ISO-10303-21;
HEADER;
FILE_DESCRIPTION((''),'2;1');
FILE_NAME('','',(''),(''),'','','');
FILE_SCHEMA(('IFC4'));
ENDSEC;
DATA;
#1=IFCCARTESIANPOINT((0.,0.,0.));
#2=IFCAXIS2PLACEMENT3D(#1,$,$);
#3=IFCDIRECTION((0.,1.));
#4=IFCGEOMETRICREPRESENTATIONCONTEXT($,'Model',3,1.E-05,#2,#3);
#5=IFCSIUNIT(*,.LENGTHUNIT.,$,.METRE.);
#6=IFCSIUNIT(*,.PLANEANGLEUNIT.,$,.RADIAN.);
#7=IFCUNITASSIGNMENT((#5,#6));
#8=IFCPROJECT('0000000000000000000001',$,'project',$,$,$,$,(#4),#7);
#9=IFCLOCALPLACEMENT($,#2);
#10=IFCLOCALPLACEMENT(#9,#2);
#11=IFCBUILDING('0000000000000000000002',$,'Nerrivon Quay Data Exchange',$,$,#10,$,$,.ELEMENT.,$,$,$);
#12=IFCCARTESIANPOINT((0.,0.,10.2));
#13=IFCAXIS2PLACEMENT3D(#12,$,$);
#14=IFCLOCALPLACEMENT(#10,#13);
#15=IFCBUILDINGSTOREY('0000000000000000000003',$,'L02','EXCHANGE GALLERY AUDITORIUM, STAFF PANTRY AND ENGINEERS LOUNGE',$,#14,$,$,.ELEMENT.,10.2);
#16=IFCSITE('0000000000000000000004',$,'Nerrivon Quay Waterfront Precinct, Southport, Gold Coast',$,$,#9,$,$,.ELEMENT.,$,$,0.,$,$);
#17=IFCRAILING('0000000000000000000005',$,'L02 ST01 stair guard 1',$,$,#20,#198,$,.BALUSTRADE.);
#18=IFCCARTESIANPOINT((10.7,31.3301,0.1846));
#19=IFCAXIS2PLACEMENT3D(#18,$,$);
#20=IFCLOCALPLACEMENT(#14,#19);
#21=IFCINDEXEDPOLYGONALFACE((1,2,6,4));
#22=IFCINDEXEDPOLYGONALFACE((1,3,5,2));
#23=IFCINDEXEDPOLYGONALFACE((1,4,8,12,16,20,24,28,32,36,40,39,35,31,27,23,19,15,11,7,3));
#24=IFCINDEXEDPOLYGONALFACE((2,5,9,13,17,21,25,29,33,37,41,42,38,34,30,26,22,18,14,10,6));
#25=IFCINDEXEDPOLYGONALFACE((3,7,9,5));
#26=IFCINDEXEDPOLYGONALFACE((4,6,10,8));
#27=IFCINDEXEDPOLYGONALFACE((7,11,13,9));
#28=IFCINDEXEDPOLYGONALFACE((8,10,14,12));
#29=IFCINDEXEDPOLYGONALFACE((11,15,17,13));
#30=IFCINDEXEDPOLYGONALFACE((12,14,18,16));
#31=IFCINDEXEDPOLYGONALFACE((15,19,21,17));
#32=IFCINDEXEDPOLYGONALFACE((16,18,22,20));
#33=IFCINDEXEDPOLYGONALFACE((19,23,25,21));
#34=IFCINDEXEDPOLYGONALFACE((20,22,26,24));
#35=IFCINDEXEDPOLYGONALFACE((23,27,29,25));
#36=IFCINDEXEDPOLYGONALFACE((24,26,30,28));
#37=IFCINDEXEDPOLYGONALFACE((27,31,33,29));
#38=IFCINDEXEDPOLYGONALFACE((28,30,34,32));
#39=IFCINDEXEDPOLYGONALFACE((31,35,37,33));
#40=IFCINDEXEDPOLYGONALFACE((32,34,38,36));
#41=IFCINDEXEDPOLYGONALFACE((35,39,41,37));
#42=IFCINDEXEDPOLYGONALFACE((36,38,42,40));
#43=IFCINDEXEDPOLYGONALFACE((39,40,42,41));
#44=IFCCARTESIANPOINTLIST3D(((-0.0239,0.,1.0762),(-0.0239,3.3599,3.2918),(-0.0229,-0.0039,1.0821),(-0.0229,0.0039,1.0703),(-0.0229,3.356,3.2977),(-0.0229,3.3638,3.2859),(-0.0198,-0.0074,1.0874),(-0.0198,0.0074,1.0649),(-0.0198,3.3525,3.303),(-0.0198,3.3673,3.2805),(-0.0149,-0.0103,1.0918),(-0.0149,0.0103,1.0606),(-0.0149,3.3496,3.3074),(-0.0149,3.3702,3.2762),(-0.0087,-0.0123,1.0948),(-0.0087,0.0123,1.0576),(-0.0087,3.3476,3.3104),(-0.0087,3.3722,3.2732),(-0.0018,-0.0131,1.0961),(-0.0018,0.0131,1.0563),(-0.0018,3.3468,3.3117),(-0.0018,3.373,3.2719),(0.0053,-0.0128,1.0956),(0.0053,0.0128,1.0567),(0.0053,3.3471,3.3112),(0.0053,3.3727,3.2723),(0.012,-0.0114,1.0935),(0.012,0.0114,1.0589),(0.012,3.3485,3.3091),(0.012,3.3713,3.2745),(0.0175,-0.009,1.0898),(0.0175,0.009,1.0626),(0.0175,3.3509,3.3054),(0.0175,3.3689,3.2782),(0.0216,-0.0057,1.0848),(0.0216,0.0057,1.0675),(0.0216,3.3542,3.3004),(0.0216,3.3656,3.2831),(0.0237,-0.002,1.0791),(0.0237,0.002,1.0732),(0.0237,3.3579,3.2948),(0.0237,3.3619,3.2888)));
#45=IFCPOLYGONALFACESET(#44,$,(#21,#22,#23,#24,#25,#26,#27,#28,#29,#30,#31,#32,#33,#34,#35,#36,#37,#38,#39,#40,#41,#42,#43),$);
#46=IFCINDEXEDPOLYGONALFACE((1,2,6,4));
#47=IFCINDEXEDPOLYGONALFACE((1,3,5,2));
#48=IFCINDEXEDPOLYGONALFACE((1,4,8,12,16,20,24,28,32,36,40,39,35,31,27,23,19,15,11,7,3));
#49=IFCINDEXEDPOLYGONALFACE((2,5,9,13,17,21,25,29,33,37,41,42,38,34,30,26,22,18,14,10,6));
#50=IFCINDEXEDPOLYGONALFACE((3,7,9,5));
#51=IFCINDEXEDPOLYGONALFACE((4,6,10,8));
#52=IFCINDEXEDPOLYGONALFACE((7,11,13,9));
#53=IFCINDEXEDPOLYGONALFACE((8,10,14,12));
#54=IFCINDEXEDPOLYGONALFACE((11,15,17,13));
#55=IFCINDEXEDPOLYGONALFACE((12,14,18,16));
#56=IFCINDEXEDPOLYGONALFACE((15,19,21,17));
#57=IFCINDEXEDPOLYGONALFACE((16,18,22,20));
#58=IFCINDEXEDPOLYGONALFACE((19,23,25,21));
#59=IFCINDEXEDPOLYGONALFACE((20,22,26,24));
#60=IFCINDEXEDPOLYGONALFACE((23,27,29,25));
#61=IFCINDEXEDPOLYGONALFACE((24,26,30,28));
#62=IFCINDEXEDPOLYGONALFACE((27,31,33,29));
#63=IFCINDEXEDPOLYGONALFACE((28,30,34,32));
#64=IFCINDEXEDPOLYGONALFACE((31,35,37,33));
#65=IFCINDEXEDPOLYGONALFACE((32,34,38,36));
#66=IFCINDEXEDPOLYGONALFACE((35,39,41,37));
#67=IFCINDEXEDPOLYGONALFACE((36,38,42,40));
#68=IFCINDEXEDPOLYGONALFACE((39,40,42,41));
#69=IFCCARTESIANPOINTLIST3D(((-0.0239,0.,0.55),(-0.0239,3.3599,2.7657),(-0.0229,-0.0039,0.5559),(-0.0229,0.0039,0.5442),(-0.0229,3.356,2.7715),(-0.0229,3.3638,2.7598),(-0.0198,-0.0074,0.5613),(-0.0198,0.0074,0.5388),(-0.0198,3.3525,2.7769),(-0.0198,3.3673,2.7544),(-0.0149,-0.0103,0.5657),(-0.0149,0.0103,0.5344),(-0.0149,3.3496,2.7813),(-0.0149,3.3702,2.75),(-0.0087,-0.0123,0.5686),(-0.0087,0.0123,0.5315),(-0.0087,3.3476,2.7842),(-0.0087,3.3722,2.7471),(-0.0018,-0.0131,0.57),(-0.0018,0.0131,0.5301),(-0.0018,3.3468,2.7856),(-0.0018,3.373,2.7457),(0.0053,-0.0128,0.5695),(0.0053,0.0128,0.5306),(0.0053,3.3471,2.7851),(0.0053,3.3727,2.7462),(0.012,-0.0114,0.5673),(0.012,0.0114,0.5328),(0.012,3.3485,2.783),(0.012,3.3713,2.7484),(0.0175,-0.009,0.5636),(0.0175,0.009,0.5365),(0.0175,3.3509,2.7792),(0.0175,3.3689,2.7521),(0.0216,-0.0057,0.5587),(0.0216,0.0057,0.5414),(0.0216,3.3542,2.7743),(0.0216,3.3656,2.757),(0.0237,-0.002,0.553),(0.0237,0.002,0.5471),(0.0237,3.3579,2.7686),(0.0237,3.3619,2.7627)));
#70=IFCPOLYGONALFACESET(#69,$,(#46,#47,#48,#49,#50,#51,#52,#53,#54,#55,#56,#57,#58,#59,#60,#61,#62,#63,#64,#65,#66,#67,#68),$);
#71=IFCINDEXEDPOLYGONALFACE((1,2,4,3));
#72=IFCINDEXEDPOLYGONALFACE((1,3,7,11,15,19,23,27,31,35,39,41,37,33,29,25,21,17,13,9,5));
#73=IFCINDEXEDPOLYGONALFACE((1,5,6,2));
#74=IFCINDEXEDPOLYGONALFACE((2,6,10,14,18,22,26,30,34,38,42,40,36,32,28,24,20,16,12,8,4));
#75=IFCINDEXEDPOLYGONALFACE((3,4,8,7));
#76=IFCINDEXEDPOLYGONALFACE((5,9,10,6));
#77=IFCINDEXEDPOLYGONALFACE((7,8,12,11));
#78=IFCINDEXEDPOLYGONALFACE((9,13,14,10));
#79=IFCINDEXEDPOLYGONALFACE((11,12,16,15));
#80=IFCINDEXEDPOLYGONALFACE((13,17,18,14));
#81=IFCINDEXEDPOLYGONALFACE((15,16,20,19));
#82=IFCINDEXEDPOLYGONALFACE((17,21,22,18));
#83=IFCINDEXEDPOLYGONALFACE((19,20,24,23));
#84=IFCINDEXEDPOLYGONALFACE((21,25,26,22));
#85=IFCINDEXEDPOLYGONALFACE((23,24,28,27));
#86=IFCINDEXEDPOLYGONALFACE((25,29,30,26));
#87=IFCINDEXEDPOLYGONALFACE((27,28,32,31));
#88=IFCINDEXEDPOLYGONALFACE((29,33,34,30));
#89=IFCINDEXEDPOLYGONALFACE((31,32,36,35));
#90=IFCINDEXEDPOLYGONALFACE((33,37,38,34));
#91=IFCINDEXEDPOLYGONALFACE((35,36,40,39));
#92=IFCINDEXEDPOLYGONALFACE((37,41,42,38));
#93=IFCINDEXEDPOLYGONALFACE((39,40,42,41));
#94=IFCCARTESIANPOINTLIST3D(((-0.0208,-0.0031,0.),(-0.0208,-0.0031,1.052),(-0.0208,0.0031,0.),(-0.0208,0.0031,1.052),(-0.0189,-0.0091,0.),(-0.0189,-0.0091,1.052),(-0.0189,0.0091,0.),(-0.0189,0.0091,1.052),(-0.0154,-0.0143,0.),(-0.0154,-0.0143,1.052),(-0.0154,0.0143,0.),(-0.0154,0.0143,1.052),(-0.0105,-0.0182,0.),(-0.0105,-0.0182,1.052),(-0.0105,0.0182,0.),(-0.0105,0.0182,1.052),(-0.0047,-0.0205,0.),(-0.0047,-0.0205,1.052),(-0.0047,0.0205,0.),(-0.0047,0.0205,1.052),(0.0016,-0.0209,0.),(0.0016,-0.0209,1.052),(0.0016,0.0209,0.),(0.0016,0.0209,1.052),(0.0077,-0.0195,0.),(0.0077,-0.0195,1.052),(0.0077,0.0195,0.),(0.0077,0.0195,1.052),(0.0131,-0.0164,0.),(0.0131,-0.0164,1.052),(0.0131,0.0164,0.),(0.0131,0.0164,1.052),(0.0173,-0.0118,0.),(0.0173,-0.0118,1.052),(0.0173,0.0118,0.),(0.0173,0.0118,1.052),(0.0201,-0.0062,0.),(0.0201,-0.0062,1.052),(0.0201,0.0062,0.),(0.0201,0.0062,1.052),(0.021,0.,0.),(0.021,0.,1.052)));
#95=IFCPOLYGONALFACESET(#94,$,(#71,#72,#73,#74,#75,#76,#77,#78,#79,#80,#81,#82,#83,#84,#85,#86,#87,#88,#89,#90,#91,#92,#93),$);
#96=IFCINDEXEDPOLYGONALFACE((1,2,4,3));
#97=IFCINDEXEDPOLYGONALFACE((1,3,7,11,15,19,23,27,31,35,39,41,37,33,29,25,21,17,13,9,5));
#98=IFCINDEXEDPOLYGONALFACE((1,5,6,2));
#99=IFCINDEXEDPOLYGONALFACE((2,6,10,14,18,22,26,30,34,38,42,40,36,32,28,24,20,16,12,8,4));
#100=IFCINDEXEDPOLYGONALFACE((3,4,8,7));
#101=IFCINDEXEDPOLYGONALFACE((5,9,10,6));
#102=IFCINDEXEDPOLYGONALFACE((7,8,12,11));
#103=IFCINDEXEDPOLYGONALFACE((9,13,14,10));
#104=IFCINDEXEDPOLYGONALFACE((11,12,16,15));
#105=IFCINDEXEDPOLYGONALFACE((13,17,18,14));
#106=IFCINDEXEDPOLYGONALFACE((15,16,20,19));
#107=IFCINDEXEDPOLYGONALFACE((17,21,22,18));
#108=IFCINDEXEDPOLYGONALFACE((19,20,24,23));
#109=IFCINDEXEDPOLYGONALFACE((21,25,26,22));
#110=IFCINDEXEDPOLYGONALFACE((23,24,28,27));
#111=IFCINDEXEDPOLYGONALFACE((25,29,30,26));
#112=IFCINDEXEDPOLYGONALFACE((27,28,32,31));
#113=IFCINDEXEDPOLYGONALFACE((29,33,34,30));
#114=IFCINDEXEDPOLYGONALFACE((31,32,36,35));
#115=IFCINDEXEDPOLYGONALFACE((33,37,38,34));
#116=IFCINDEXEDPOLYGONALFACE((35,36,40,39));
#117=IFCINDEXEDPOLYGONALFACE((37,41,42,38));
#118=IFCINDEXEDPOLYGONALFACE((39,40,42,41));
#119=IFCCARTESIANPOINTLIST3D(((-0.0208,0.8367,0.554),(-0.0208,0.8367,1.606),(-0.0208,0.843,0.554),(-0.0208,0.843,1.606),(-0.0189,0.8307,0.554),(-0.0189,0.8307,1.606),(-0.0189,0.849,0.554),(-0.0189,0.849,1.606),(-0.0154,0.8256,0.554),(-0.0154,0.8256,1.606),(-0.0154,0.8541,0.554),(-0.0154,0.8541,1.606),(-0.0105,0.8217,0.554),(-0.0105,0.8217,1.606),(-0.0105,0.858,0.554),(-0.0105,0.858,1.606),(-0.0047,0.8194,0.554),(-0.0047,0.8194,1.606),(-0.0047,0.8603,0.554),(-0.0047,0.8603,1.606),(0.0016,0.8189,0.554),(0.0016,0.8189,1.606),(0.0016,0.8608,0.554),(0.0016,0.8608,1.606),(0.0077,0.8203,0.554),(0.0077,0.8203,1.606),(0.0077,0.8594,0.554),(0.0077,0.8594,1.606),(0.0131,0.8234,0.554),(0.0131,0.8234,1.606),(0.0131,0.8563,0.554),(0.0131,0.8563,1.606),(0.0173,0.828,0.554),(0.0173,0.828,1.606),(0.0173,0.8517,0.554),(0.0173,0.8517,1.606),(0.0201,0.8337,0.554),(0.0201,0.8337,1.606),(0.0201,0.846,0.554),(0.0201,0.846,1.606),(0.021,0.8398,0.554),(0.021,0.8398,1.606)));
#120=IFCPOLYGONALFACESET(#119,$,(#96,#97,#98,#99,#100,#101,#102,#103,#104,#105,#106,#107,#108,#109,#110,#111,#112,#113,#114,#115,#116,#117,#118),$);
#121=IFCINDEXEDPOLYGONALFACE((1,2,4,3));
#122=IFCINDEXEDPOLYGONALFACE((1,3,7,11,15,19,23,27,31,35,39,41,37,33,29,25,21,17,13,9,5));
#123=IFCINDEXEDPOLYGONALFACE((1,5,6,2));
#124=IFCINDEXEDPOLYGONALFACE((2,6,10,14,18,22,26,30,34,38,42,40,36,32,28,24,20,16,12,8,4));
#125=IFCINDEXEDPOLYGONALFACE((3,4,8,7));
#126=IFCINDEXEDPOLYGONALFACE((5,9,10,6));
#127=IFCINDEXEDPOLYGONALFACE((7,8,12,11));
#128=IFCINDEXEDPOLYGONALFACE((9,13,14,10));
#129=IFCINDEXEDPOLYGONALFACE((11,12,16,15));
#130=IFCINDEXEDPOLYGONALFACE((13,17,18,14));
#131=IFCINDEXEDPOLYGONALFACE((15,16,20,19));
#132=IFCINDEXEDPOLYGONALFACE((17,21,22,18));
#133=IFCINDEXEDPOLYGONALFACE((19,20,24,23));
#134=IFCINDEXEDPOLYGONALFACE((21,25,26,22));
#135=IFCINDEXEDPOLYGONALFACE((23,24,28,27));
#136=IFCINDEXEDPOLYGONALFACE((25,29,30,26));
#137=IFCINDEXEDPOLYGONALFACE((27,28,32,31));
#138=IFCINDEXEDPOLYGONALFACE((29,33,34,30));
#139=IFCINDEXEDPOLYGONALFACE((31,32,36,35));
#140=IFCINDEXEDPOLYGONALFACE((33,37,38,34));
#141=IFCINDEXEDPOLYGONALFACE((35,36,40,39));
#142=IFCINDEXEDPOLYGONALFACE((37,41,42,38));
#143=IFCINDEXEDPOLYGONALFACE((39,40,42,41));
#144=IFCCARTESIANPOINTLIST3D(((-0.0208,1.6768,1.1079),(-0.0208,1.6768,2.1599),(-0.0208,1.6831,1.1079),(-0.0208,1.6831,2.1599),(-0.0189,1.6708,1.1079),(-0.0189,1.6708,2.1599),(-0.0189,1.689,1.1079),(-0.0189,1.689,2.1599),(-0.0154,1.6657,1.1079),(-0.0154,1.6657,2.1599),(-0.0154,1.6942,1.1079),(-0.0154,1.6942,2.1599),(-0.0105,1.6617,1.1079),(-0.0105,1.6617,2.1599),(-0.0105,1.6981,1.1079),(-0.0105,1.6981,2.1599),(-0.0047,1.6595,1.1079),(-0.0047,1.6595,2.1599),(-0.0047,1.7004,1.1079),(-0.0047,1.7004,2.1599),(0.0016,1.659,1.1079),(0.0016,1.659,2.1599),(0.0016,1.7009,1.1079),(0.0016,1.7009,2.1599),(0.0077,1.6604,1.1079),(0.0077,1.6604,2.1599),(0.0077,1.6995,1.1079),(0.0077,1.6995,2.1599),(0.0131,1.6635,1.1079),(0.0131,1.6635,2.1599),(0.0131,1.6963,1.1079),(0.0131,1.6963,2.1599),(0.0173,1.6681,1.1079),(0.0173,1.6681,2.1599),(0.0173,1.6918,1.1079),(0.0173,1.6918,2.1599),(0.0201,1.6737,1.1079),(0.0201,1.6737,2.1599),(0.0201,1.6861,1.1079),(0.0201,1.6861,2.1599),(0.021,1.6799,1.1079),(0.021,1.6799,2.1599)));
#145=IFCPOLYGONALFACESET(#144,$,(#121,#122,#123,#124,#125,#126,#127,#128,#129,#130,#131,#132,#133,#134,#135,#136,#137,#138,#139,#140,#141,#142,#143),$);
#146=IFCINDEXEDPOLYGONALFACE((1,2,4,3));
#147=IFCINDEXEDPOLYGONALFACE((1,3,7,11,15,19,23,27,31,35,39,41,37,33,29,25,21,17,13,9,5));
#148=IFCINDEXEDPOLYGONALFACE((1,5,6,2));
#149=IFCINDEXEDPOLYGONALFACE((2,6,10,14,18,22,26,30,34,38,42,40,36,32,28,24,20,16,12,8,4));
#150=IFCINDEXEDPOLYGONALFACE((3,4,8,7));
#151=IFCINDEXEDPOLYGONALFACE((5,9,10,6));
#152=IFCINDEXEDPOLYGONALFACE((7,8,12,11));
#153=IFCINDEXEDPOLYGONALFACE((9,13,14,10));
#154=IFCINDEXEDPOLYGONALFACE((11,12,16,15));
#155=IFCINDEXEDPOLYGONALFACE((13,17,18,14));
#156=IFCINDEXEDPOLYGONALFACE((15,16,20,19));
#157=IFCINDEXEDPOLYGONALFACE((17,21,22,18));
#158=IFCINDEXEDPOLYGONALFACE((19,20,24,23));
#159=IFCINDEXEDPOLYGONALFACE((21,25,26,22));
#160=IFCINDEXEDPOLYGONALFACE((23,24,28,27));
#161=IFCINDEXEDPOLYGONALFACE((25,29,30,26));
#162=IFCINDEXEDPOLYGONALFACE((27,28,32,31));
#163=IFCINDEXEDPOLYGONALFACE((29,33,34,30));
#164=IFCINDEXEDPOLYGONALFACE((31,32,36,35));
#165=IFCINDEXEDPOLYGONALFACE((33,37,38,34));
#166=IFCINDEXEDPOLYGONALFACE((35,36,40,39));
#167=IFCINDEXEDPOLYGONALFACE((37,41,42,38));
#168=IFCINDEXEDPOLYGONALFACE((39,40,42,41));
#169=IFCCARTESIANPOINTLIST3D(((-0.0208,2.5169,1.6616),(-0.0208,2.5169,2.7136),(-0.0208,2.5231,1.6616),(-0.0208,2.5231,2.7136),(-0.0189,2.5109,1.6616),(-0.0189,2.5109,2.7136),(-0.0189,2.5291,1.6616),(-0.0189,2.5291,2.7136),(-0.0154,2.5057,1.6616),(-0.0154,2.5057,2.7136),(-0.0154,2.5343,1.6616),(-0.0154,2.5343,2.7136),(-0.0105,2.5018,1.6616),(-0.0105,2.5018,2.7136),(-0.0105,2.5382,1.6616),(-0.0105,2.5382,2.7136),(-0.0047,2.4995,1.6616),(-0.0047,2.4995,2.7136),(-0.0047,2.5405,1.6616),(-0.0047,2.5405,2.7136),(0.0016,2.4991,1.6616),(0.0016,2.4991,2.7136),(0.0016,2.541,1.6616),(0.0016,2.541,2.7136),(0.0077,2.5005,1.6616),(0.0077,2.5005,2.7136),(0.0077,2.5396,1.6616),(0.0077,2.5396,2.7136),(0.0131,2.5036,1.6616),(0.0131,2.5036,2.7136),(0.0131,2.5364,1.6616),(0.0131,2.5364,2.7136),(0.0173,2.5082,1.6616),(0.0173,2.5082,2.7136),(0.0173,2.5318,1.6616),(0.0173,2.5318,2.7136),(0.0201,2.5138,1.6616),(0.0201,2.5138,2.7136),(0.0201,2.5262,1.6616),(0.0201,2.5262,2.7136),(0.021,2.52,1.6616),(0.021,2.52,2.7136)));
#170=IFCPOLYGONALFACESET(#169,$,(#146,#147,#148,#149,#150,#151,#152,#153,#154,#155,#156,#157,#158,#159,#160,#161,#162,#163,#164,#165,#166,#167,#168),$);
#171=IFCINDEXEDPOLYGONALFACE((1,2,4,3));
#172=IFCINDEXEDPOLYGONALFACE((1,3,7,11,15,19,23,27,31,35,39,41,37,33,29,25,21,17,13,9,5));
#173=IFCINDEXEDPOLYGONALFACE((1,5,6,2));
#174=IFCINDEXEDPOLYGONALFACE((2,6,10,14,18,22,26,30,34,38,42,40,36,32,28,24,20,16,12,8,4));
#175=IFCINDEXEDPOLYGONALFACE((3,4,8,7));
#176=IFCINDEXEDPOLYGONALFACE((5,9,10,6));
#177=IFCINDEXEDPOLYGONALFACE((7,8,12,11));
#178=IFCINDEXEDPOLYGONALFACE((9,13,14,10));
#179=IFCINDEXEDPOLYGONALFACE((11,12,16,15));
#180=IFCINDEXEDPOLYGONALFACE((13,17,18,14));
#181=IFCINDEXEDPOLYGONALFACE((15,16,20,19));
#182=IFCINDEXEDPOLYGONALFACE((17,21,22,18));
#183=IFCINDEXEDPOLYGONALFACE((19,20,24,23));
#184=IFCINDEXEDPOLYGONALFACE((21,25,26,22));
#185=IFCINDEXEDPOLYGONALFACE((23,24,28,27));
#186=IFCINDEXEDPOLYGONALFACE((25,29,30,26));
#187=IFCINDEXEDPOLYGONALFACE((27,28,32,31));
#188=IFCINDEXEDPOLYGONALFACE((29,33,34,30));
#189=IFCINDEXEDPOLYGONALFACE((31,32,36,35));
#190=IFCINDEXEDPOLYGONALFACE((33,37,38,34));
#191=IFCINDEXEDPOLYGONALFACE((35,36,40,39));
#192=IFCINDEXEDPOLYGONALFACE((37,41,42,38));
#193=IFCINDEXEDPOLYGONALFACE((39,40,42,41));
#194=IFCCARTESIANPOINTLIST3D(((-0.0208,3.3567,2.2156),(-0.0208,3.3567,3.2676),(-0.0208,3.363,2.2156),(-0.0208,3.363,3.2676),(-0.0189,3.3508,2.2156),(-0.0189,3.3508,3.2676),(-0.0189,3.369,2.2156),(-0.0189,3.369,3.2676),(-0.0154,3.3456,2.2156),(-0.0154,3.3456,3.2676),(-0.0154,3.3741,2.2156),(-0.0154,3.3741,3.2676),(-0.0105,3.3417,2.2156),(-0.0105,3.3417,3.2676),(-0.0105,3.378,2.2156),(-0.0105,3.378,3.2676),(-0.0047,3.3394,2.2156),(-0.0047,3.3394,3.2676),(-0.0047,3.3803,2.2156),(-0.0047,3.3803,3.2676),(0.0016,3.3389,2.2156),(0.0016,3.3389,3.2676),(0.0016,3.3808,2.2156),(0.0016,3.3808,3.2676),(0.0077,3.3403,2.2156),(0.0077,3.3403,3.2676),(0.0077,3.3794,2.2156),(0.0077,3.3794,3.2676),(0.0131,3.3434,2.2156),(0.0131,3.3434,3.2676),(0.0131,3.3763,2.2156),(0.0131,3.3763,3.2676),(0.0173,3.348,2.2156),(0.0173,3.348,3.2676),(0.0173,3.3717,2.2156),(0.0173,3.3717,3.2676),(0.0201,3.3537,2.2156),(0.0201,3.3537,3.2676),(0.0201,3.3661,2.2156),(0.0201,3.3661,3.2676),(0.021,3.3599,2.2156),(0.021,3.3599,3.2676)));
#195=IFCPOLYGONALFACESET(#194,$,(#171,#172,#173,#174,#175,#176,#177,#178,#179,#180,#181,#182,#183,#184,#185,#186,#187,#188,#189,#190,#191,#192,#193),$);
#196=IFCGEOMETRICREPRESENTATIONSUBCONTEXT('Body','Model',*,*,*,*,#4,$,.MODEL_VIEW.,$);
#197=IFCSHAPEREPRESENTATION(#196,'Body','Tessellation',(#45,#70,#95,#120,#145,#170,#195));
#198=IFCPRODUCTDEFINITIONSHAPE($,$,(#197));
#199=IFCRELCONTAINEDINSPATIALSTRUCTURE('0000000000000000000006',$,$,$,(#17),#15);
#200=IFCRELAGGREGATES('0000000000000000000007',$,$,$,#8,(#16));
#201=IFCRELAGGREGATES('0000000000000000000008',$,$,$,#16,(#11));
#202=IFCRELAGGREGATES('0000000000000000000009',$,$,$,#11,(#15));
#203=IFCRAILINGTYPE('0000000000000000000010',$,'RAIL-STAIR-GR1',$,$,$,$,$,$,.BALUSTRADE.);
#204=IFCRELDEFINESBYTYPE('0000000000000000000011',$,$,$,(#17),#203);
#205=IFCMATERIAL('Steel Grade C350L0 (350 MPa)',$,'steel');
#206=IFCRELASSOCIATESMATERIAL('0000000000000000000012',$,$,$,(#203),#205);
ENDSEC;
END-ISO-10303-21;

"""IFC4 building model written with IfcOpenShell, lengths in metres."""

from ifc_helpers import new_model, si_unit, direction, frame, origin, origin_2d, place, context, subcontext, project, spatial, circle, extrude, material, type_object, element, save


model = new_model("IFC4")

# Units and contexts
model_context = context("Model", 3, precision=1e-05, world=origin(), true_north=direction((0.0, 1.0)))
body_context = subcontext(model_context, "Body", "Model", "MODEL_VIEW")
ifc_project = project(units=[si_unit("LENGTHUNIT", "METRE"), si_unit("PLANEANGLEUNIT", "RADIAN")], contexts=[model_context])

# Site, building, storey
site_placement = place(None, origin())
site = spatial("IfcSite", under=ifc_project, at=site_placement, Name="Nerrivon Quay Waterfront Precinct, Southport, Gold Coast", CompositionType="ELEMENT", RefElevation=0.0)
building_placement = place(site_placement, origin())
building = spatial("IfcBuilding", under=site, at=building_placement, Name="Nerrivon Quay Data Exchange", CompositionType="ELEMENT")
storey_placement = place(building_placement, frame((0.0, 0.0, 10.2)))
storey = spatial("IfcBuildingStorey", under=building, at=storey_placement, Name="L02", Description="EXCHANGE GALLERY AUDITORIUM, STAFF PANTRY AND ENGINEERS LOUNGE", CompositionType="ELEMENT", Elevation=10.2)

# Railing
ifc_material_1 = material(Name="Steel Grade C350L0 (350 MPa)", Category="steel")
railing_type_1 = type_object("IfcRailingType", Name="RAIL-STAIR-GR1", PredefinedType="BALUSTRADE", material=ifc_material_1)
railing_1_placement = place(storey_placement, frame((10.7, 31.3301, 0.1846)))
element("IfcRailing", 1, at=railing_1_placement, inside=storey, type_object=railing_type_1, Name="L02 ST01 stair guard 1", PredefinedType="BALUSTRADE", context=body_context, shape_type="SweptSolid", body=[
    extrude(circle(Radius=0.0239, at=origin_2d()), frame((0.0, 0.0, 1.0762), z_axis=(0.0, 0.83483, 0.550508), x_axis=(-1.0, 0.0, 0.0)), (0.0, 0.0, 1.0), 4.0247),
    extrude(circle(Radius=0.0239, at=origin_2d()), frame((0.0, 0.0, 0.55), z_axis=(0.0, 0.83483, 0.550508), x_axis=(-1.0, 0.0, 0.0)), (0.0, 0.0, 1.0), 4.0247),
    extrude(circle(Radius=0.021, at=origin_2d()), origin(), (0.0, 0.0, 1.0), 1.052),
    extrude(circle(Radius=0.021, at=origin_2d()), frame((0.0, 0.8398, 0.554)), (0.0, 0.0, 1.0), 1.052),
    extrude(circle(Radius=0.021, at=origin_2d()), frame((0.0, 1.6799, 1.1079)), (0.0, 0.0, 1.0), 1.052),
    extrude(circle(Radius=0.021, at=origin_2d()), frame((0.0, 2.52, 1.6616)), (0.0, 0.0, 1.0), 1.052),
    extrude(circle(Radius=0.021, at=origin_2d()), frame((0.0, 3.3599, 2.2156)), (0.0, 0.0, 1.0), 1.052),
])

save(model, "model.ifc")
